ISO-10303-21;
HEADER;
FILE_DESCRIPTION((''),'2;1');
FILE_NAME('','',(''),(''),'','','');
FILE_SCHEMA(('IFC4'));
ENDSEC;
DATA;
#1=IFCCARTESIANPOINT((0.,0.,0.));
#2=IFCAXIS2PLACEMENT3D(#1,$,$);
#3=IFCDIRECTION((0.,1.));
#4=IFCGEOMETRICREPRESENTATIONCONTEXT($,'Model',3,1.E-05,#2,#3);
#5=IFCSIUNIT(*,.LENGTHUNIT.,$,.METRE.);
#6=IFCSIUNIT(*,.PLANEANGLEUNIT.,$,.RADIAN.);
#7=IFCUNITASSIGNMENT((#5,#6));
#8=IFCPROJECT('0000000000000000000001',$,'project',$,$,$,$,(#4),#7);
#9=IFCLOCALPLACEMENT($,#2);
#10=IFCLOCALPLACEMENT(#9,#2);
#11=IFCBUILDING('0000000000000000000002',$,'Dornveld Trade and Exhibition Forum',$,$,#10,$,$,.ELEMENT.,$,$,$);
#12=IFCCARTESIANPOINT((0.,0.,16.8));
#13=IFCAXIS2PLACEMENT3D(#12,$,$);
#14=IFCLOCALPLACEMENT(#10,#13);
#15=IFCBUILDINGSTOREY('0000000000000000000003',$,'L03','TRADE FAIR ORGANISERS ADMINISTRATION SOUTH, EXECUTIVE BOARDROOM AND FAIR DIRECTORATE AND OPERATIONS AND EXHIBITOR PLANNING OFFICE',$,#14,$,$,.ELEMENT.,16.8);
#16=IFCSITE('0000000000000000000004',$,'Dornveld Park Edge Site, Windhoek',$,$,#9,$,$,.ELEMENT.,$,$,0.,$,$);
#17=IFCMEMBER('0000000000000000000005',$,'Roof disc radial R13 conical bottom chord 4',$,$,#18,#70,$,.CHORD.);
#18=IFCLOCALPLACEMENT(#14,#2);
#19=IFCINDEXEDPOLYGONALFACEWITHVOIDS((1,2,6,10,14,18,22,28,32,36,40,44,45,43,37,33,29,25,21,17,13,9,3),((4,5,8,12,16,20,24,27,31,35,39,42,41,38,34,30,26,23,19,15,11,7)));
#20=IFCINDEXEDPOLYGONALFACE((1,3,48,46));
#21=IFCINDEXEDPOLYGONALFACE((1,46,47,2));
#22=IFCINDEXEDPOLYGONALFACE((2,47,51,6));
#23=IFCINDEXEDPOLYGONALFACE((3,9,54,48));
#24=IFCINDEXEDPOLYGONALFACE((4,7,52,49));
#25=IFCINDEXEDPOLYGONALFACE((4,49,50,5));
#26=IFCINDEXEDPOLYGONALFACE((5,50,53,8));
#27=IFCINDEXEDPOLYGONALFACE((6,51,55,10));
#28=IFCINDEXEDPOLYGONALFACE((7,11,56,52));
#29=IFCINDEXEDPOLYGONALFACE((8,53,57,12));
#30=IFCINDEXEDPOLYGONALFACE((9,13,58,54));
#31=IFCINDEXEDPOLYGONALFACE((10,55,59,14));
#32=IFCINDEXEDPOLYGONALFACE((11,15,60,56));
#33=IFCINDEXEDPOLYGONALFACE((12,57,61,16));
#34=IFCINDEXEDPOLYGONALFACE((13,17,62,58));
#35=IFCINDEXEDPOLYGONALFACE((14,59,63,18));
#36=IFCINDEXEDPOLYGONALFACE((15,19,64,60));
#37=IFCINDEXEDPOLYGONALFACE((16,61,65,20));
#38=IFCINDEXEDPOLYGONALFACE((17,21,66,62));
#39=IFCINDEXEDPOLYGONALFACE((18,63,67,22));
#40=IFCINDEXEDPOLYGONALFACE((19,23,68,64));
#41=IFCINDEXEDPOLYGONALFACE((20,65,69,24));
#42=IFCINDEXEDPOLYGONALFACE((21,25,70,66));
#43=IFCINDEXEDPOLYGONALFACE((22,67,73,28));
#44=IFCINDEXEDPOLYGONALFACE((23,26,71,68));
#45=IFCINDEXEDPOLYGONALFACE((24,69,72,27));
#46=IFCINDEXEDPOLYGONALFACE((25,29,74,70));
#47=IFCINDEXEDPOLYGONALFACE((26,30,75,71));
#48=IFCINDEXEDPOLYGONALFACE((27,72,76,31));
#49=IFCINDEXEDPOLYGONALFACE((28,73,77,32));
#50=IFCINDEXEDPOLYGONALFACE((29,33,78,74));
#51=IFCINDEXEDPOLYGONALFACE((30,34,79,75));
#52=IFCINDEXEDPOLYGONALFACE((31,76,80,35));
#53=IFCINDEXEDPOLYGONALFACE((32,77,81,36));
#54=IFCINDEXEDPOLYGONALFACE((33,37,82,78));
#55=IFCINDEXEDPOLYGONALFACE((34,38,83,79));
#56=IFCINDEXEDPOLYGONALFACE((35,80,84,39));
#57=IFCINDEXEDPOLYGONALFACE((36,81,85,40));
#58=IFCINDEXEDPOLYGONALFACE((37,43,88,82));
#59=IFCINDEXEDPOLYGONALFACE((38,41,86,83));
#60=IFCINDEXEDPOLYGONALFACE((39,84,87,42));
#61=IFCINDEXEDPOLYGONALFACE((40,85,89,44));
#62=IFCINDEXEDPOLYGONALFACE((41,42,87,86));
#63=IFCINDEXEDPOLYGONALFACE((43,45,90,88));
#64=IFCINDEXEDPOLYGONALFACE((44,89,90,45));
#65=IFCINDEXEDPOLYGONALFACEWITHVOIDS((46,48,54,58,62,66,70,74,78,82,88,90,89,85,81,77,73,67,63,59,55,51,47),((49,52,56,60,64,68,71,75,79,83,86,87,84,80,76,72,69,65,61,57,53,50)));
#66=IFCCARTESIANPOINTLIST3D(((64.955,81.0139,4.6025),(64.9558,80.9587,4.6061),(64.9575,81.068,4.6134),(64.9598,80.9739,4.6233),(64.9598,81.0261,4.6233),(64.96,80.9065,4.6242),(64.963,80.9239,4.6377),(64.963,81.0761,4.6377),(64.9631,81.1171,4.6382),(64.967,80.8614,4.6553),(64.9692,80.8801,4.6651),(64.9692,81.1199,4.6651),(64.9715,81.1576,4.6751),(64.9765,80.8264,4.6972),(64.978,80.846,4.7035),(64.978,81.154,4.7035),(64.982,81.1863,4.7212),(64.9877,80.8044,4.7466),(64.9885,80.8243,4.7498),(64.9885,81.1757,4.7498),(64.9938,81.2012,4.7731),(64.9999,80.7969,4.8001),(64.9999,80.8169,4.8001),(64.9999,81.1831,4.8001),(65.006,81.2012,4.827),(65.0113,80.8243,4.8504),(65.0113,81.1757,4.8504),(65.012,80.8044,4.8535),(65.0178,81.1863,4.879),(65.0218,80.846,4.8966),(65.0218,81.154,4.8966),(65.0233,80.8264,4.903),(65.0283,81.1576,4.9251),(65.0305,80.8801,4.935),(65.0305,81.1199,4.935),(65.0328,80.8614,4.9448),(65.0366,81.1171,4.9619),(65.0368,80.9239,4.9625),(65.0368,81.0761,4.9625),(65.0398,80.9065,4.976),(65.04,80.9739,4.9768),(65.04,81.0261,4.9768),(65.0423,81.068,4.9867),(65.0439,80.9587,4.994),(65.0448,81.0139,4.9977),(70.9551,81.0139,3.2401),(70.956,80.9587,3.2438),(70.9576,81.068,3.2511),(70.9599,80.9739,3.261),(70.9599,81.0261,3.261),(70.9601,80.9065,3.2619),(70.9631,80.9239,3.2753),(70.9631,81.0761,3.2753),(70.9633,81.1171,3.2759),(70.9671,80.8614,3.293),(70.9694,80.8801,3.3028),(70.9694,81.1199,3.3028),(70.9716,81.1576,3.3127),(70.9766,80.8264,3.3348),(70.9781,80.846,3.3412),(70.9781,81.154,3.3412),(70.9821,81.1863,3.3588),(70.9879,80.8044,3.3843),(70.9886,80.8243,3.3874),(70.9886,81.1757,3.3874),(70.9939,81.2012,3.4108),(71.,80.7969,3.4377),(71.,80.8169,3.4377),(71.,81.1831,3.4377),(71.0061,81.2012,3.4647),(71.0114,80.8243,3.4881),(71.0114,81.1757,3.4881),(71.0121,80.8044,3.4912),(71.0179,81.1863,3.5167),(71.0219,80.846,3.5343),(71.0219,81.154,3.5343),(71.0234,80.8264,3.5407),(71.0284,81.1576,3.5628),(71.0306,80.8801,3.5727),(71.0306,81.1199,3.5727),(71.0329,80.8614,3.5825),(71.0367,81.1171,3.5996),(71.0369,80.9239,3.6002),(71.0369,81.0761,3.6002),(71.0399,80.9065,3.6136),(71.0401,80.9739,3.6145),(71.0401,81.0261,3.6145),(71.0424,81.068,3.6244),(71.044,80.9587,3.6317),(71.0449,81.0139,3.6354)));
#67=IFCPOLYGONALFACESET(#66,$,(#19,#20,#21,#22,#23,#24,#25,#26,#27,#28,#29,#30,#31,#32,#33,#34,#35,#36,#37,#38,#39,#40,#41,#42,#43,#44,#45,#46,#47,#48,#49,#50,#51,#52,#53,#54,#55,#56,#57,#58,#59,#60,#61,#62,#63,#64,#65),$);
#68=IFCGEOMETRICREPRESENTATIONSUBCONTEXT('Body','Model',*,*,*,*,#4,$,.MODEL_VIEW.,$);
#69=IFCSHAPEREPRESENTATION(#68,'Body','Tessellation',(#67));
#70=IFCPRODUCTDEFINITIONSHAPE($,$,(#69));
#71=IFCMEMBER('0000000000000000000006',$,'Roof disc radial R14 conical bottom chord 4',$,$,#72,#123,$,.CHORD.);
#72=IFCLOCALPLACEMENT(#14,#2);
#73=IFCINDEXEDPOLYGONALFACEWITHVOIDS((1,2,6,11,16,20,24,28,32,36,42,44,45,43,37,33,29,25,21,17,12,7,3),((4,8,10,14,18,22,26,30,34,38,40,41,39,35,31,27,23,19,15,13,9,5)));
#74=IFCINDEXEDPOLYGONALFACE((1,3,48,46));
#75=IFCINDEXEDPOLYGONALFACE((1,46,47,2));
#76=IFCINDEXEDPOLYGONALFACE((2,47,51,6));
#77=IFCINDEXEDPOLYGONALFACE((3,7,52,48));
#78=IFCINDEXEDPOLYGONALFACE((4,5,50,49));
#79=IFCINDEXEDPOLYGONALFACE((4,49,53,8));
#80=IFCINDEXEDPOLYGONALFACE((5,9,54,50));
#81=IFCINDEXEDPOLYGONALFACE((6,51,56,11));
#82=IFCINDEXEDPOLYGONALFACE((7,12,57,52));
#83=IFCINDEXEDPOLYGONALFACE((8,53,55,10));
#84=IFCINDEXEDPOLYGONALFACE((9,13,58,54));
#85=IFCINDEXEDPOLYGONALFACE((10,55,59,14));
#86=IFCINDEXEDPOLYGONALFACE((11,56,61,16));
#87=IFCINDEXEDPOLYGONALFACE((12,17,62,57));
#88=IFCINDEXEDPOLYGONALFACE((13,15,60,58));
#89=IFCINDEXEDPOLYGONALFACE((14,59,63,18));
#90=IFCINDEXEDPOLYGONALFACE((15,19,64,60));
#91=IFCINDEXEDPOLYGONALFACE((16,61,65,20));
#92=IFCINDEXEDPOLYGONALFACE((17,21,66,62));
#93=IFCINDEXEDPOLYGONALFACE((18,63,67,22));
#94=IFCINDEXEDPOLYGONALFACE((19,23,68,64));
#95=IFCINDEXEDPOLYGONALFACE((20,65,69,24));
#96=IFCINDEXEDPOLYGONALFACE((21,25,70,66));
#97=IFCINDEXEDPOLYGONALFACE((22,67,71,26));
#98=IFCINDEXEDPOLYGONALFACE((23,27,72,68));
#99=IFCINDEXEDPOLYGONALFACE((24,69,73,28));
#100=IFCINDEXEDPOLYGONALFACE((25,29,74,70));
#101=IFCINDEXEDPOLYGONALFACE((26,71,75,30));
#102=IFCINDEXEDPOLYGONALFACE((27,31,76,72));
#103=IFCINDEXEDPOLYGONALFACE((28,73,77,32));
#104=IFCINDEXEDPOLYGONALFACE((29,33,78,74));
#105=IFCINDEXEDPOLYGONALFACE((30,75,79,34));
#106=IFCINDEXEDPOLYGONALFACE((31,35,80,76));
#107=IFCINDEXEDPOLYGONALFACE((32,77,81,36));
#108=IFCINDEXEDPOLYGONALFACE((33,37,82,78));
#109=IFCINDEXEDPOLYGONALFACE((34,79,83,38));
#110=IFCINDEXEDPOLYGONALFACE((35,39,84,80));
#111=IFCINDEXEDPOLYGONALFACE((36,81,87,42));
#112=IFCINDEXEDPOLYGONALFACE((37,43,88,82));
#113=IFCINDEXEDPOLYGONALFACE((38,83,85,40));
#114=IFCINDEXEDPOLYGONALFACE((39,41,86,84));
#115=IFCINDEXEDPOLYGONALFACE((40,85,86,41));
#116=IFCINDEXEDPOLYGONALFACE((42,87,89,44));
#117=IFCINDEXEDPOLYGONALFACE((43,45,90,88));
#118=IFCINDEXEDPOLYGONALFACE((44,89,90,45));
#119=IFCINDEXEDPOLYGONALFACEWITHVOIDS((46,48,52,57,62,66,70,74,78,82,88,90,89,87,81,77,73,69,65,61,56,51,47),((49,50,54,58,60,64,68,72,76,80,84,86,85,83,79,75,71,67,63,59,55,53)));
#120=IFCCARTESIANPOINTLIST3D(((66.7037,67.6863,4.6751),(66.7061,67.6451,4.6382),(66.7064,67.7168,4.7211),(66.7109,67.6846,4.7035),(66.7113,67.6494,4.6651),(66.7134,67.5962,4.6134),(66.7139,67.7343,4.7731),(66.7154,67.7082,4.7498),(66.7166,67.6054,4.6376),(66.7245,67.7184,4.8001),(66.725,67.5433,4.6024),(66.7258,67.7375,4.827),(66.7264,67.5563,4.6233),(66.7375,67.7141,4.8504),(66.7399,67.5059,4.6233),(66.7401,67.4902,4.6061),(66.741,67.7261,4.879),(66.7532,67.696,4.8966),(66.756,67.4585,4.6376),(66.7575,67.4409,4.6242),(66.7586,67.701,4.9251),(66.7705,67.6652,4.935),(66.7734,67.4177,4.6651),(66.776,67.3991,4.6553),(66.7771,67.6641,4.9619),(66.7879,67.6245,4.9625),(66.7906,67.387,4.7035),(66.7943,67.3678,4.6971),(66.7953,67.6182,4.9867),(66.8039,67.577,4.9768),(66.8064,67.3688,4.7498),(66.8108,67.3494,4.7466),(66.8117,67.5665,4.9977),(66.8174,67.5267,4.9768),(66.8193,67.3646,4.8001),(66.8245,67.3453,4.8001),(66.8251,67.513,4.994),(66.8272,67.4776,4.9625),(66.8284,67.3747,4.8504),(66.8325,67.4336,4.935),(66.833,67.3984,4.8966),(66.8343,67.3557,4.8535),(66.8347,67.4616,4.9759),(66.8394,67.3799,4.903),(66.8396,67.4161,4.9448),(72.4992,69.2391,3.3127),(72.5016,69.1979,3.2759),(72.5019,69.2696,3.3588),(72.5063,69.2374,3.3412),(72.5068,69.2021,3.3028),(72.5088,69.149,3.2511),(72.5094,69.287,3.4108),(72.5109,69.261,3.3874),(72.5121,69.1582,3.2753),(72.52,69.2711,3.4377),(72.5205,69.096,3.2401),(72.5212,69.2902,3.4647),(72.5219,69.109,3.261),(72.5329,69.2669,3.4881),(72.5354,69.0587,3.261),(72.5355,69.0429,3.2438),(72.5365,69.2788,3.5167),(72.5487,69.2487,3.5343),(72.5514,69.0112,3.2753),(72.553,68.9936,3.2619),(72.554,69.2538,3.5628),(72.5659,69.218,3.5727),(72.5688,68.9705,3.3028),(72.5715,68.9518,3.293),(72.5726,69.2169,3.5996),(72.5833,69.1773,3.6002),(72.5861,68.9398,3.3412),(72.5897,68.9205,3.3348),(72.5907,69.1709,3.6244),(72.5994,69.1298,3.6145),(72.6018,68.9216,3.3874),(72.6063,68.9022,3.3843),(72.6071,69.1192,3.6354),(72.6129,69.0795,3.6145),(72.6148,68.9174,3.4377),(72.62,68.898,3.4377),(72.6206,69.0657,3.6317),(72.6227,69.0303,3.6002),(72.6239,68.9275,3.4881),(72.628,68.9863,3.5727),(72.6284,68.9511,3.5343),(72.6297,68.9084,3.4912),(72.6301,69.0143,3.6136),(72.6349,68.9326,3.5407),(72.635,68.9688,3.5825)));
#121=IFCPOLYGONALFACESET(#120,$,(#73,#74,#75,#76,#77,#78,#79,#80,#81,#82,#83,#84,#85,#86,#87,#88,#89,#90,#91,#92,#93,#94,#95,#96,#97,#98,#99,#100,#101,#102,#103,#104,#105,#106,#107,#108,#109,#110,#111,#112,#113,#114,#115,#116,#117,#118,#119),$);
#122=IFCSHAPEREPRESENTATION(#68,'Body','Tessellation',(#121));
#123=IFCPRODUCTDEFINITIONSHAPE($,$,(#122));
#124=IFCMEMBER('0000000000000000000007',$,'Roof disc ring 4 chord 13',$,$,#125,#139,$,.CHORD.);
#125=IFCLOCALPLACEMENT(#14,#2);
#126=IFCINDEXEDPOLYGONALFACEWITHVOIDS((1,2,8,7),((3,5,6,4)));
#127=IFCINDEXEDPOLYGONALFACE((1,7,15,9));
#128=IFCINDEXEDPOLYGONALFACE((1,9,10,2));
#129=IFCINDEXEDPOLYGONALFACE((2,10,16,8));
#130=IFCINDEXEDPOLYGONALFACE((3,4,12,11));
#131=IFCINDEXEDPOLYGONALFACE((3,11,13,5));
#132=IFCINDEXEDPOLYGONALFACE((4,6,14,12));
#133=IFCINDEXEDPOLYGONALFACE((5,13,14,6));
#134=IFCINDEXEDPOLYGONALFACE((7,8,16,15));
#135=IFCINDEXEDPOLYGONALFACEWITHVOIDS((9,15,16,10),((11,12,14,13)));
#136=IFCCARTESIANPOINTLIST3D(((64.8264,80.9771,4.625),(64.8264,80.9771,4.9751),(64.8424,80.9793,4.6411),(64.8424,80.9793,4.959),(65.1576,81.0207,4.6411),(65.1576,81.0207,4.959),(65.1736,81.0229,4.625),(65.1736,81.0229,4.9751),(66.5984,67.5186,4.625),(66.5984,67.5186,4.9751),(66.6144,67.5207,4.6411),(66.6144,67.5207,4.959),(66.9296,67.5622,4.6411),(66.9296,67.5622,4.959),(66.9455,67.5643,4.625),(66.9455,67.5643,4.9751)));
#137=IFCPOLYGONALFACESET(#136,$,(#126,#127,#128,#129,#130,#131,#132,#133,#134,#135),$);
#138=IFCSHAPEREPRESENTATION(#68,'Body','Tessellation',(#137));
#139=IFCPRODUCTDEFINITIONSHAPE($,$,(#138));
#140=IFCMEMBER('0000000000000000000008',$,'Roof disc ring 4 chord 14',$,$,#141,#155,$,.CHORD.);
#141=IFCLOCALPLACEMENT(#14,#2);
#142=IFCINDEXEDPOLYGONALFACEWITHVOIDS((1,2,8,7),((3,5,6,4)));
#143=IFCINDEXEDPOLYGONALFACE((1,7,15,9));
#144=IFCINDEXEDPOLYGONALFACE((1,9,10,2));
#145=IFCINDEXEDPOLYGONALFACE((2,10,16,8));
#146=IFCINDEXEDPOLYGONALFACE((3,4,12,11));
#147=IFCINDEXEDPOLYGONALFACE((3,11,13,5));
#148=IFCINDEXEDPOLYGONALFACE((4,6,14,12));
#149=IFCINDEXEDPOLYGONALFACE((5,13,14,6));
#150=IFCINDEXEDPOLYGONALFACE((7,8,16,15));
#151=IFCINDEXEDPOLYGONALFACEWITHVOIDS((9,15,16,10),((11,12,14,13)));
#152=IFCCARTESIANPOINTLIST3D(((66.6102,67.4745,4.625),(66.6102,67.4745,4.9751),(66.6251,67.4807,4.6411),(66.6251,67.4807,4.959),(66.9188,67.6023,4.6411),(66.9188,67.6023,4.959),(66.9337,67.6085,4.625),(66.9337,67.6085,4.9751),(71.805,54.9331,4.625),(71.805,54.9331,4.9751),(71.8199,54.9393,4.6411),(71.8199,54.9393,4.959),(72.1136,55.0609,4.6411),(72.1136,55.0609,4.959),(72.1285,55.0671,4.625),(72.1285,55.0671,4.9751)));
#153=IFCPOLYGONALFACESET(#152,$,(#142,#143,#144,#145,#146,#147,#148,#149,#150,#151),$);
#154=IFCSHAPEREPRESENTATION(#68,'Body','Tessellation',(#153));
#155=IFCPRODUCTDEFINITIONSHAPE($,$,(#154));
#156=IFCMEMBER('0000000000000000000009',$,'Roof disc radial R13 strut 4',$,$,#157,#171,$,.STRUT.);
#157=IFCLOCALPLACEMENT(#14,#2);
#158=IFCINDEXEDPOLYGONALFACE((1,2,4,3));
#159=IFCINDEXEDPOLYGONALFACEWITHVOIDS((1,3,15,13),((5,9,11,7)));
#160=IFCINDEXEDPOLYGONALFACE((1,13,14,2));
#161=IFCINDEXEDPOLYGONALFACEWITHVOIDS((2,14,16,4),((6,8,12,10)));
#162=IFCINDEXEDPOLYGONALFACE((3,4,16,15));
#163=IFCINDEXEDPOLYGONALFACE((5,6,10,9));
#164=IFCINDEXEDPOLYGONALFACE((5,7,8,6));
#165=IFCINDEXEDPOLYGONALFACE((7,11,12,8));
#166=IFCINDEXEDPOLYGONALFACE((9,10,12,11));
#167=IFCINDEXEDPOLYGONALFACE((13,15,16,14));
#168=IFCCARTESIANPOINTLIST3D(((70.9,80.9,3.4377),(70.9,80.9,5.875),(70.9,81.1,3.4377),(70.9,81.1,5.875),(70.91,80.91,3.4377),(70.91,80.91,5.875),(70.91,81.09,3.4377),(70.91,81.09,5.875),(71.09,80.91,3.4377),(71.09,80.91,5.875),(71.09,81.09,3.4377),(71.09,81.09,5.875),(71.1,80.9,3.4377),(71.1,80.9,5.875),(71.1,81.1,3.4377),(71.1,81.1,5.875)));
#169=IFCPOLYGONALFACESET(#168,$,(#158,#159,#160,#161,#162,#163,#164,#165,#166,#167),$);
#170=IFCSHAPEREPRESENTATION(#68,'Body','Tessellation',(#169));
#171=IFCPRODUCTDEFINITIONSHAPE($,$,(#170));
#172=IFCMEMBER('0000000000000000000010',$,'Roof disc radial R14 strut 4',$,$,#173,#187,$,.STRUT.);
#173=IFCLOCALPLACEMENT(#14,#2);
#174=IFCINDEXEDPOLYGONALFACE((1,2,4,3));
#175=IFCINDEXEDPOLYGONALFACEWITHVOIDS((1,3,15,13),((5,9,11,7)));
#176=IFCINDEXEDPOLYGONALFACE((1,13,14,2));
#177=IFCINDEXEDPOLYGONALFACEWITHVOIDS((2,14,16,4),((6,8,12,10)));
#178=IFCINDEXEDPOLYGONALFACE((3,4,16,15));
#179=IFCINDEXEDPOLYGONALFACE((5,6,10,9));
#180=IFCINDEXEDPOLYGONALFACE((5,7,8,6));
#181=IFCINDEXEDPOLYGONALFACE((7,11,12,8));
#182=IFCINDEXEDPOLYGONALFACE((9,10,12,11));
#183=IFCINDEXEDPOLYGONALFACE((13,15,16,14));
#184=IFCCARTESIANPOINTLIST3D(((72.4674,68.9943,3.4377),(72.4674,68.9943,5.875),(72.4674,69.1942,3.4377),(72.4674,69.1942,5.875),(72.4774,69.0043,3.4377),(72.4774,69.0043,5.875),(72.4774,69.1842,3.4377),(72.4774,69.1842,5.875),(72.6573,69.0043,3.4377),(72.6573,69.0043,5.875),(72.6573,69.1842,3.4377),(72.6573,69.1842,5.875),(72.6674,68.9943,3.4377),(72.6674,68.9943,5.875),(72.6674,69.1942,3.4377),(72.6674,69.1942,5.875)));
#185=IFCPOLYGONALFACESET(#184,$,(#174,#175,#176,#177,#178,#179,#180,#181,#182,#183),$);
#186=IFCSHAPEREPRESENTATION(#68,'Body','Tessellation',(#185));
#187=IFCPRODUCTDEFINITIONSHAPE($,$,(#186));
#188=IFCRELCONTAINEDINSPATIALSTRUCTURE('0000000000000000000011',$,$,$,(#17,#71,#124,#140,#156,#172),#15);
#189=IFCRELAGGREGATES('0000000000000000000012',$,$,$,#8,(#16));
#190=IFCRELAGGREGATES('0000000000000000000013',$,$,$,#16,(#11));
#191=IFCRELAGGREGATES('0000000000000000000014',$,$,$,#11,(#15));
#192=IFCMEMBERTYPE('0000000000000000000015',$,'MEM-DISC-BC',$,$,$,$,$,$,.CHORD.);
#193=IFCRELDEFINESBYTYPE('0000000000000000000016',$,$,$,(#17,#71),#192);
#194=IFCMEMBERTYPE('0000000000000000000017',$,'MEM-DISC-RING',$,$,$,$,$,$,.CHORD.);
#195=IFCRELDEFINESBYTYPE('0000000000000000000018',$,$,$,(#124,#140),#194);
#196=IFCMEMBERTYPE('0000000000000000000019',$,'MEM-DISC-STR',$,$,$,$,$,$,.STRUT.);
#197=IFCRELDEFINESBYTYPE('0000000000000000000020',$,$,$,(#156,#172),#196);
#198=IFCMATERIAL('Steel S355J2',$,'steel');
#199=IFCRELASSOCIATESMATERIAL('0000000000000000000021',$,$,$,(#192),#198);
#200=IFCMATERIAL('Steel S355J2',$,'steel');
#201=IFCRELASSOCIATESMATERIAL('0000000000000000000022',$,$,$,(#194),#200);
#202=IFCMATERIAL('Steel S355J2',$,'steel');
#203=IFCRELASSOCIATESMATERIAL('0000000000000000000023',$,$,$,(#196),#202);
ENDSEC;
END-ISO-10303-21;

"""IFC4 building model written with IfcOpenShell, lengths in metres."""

from ifc_helpers import new_model, si_unit, direction, frame, origin, origin_2d, place, context, subcontext, project, spatial, hollow_rectangle, hollow_circle, extrude, material, material_profile, profile_set, type_object, element, save


model = new_model("IFC4")

# Units and contexts
model_context = context("Model", 3, precision=1e-05, world=origin(), true_north=direction((0.0, 1.0)))
body_context = subcontext(model_context, "Body", "Model", "MODEL_VIEW")
ifc_project = project(units=[si_unit("LENGTHUNIT", "METRE"), si_unit("PLANEANGLEUNIT", "RADIAN")], contexts=[model_context])

# Site, building, storey
site_placement = place(None, origin())
site = spatial("IfcSite", under=ifc_project, at=site_placement, Name="Dornveld Park Edge Site, Windhoek", CompositionType="ELEMENT", RefElevation=0.0)
building_placement = place(site_placement, origin())
building = spatial("IfcBuilding", under=site, at=building_placement, Name="Dornveld Trade and Exhibition Forum", CompositionType="ELEMENT")
storey_placement = place(building_placement, frame((0.0, 0.0, 16.8)))
storey = spatial("IfcBuildingStorey", under=building, at=storey_placement, Name="L03", Description="TRADE FAIR ORGANISERS ADMINISTRATION SOUTH, EXECUTIVE BOARDROOM AND FAIR DIRECTORATE AND OPERATIONS AND EXHIBITOR PLANNING OFFICE", CompositionType="ELEMENT", Elevation=16.8)

# Members
ifc_material_1 = material(Name="Steel S355J2", Category="steel")
ifc_material_profile_1 = material_profile(ifc_material_1, hollow_circle(Radius=0.2031, WallThickness=0.02, at=origin_2d()), Name="CHS 406.4x20")
ifc_profile_set_1 = profile_set([ifc_material_profile_1], Name="Steel S355J2")
member_type_1 = type_object("IfcMemberType", Name="MEM-DISC-BC", PredefinedType="CHORD", material=ifc_profile_set_1)
member_1_placement = place(storey_placement, frame((71.0, 81.0, 3.4377), z_axis=(-0.97518, 0.0, 0.221415), x_axis=(0.0, -1.0, 0.0)))
element("IfcMember", 1, at=member_1_placement, inside=storey, type_object=member_type_1, Name="Roof disc radial R13 conical bottom chord 4", PredefinedType="CHORD", context=body_context, shape_type="SweptSolid", body=[
    extrude(hollow_circle(Radius=0.2031, WallThickness=0.02, at=origin_2d()), origin(), (0.0, 0.0, 1.0), 6.1528),
])
member_2_placement = place(storey_placement, frame((72.5674, 69.0942, 3.4377), z_axis=(-0.941955, -0.252373, 0.221422), x_axis=(0.258797, -0.965932, 0.0)))
element("IfcMember", 2, at=member_2_placement, inside=storey, type_object=member_type_1, Name="Roof disc radial R14 conical bottom chord 4", PredefinedType="CHORD", context=body_context, shape_type="SweptSolid", body=[
    extrude(hollow_circle(Radius=0.2031, WallThickness=0.02, at=origin_2d()), origin(), (0.0, 0.0, 1.0), 6.1526),
])
ifc_material_2 = material(Name="Steel S355J2", Category="steel")
ifc_material_profile_2 = material_profile(ifc_material_2, hollow_rectangle(XDim=0.3501, YDim=0.3501, WallThickness=0.0161, at=origin_2d()), Name="SHS 350x350x16")
ifc_profile_set_2 = profile_set([ifc_material_profile_2], Name="Steel S355J2")
member_type_2 = type_object("IfcMemberType", Name="MEM-DISC-RING", PredefinedType="CHORD", material=ifc_profile_set_2)
for number, where, z_axis, x_axis, name in (
    (3, (65.0, 81.0, 4.8), (0.130535, -0.991444, 0.0), (0.991444, 0.130535, 0.0), "Roof disc ring 4 chord 13"),
    (4, (66.772, 67.5415, 4.8), (0.382681, -0.92388, 0.0), (0.92388, 0.382681, 0.0), "Roof disc ring 4 chord 14"),
):
    element("IfcMember", number, at=place(storey_placement, frame(where, z_axis=z_axis, x_axis=x_axis)), inside=storey, type_object=member_type_2, Name=name, PredefinedType="CHORD", context=body_context, shape_type="SweptSolid", body=[
        extrude(hollow_rectangle(XDim=0.3501, YDim=0.3501, WallThickness=0.0161, at=origin_2d()), origin(), (0.0, 0.0, 1.0), 13.5747),
    ])
ifc_material_3 = material(Name="Steel S355J2", Category="steel")
ifc_material_profile_3 = material_profile(ifc_material_3, hollow_rectangle(XDim=0.2, YDim=0.2, WallThickness=0.01, at=origin_2d()), Name="SHS 200x200x10")
ifc_profile_set_3 = profile_set([ifc_material_profile_3], Name="Steel S355J2")
member_type_3 = type_object("IfcMemberType", Name="MEM-DISC-STR", PredefinedType="STRUT", material=ifc_profile_set_3)
for number, where, z_axis, x_axis, name in (
    (5, (71.0, 81.0, 3.4377), (0.0, 0.0, 1.0), (1.0, 0.0, 0.0), "Roof disc radial R13 strut 4"),
    (6, (72.5674, 69.0942, 3.4377), (0.0, 0.0, 1.0), (1.0, 0.0, 0.0), "Roof disc radial R14 strut 4"),
):
    element("IfcMember", number, at=place(storey_placement, frame(where, z_axis=z_axis, x_axis=x_axis)), inside=storey, type_object=member_type_3, Name=name, PredefinedType="STRUT", context=body_context, shape_type="SweptSolid", body=[
        extrude(hollow_rectangle(XDim=0.2, YDim=0.2, WallThickness=0.01, at=origin_2d()), origin(), (0.0, 0.0, 1.0), 2.4373),
    ])

save(model, "model.ifc")
